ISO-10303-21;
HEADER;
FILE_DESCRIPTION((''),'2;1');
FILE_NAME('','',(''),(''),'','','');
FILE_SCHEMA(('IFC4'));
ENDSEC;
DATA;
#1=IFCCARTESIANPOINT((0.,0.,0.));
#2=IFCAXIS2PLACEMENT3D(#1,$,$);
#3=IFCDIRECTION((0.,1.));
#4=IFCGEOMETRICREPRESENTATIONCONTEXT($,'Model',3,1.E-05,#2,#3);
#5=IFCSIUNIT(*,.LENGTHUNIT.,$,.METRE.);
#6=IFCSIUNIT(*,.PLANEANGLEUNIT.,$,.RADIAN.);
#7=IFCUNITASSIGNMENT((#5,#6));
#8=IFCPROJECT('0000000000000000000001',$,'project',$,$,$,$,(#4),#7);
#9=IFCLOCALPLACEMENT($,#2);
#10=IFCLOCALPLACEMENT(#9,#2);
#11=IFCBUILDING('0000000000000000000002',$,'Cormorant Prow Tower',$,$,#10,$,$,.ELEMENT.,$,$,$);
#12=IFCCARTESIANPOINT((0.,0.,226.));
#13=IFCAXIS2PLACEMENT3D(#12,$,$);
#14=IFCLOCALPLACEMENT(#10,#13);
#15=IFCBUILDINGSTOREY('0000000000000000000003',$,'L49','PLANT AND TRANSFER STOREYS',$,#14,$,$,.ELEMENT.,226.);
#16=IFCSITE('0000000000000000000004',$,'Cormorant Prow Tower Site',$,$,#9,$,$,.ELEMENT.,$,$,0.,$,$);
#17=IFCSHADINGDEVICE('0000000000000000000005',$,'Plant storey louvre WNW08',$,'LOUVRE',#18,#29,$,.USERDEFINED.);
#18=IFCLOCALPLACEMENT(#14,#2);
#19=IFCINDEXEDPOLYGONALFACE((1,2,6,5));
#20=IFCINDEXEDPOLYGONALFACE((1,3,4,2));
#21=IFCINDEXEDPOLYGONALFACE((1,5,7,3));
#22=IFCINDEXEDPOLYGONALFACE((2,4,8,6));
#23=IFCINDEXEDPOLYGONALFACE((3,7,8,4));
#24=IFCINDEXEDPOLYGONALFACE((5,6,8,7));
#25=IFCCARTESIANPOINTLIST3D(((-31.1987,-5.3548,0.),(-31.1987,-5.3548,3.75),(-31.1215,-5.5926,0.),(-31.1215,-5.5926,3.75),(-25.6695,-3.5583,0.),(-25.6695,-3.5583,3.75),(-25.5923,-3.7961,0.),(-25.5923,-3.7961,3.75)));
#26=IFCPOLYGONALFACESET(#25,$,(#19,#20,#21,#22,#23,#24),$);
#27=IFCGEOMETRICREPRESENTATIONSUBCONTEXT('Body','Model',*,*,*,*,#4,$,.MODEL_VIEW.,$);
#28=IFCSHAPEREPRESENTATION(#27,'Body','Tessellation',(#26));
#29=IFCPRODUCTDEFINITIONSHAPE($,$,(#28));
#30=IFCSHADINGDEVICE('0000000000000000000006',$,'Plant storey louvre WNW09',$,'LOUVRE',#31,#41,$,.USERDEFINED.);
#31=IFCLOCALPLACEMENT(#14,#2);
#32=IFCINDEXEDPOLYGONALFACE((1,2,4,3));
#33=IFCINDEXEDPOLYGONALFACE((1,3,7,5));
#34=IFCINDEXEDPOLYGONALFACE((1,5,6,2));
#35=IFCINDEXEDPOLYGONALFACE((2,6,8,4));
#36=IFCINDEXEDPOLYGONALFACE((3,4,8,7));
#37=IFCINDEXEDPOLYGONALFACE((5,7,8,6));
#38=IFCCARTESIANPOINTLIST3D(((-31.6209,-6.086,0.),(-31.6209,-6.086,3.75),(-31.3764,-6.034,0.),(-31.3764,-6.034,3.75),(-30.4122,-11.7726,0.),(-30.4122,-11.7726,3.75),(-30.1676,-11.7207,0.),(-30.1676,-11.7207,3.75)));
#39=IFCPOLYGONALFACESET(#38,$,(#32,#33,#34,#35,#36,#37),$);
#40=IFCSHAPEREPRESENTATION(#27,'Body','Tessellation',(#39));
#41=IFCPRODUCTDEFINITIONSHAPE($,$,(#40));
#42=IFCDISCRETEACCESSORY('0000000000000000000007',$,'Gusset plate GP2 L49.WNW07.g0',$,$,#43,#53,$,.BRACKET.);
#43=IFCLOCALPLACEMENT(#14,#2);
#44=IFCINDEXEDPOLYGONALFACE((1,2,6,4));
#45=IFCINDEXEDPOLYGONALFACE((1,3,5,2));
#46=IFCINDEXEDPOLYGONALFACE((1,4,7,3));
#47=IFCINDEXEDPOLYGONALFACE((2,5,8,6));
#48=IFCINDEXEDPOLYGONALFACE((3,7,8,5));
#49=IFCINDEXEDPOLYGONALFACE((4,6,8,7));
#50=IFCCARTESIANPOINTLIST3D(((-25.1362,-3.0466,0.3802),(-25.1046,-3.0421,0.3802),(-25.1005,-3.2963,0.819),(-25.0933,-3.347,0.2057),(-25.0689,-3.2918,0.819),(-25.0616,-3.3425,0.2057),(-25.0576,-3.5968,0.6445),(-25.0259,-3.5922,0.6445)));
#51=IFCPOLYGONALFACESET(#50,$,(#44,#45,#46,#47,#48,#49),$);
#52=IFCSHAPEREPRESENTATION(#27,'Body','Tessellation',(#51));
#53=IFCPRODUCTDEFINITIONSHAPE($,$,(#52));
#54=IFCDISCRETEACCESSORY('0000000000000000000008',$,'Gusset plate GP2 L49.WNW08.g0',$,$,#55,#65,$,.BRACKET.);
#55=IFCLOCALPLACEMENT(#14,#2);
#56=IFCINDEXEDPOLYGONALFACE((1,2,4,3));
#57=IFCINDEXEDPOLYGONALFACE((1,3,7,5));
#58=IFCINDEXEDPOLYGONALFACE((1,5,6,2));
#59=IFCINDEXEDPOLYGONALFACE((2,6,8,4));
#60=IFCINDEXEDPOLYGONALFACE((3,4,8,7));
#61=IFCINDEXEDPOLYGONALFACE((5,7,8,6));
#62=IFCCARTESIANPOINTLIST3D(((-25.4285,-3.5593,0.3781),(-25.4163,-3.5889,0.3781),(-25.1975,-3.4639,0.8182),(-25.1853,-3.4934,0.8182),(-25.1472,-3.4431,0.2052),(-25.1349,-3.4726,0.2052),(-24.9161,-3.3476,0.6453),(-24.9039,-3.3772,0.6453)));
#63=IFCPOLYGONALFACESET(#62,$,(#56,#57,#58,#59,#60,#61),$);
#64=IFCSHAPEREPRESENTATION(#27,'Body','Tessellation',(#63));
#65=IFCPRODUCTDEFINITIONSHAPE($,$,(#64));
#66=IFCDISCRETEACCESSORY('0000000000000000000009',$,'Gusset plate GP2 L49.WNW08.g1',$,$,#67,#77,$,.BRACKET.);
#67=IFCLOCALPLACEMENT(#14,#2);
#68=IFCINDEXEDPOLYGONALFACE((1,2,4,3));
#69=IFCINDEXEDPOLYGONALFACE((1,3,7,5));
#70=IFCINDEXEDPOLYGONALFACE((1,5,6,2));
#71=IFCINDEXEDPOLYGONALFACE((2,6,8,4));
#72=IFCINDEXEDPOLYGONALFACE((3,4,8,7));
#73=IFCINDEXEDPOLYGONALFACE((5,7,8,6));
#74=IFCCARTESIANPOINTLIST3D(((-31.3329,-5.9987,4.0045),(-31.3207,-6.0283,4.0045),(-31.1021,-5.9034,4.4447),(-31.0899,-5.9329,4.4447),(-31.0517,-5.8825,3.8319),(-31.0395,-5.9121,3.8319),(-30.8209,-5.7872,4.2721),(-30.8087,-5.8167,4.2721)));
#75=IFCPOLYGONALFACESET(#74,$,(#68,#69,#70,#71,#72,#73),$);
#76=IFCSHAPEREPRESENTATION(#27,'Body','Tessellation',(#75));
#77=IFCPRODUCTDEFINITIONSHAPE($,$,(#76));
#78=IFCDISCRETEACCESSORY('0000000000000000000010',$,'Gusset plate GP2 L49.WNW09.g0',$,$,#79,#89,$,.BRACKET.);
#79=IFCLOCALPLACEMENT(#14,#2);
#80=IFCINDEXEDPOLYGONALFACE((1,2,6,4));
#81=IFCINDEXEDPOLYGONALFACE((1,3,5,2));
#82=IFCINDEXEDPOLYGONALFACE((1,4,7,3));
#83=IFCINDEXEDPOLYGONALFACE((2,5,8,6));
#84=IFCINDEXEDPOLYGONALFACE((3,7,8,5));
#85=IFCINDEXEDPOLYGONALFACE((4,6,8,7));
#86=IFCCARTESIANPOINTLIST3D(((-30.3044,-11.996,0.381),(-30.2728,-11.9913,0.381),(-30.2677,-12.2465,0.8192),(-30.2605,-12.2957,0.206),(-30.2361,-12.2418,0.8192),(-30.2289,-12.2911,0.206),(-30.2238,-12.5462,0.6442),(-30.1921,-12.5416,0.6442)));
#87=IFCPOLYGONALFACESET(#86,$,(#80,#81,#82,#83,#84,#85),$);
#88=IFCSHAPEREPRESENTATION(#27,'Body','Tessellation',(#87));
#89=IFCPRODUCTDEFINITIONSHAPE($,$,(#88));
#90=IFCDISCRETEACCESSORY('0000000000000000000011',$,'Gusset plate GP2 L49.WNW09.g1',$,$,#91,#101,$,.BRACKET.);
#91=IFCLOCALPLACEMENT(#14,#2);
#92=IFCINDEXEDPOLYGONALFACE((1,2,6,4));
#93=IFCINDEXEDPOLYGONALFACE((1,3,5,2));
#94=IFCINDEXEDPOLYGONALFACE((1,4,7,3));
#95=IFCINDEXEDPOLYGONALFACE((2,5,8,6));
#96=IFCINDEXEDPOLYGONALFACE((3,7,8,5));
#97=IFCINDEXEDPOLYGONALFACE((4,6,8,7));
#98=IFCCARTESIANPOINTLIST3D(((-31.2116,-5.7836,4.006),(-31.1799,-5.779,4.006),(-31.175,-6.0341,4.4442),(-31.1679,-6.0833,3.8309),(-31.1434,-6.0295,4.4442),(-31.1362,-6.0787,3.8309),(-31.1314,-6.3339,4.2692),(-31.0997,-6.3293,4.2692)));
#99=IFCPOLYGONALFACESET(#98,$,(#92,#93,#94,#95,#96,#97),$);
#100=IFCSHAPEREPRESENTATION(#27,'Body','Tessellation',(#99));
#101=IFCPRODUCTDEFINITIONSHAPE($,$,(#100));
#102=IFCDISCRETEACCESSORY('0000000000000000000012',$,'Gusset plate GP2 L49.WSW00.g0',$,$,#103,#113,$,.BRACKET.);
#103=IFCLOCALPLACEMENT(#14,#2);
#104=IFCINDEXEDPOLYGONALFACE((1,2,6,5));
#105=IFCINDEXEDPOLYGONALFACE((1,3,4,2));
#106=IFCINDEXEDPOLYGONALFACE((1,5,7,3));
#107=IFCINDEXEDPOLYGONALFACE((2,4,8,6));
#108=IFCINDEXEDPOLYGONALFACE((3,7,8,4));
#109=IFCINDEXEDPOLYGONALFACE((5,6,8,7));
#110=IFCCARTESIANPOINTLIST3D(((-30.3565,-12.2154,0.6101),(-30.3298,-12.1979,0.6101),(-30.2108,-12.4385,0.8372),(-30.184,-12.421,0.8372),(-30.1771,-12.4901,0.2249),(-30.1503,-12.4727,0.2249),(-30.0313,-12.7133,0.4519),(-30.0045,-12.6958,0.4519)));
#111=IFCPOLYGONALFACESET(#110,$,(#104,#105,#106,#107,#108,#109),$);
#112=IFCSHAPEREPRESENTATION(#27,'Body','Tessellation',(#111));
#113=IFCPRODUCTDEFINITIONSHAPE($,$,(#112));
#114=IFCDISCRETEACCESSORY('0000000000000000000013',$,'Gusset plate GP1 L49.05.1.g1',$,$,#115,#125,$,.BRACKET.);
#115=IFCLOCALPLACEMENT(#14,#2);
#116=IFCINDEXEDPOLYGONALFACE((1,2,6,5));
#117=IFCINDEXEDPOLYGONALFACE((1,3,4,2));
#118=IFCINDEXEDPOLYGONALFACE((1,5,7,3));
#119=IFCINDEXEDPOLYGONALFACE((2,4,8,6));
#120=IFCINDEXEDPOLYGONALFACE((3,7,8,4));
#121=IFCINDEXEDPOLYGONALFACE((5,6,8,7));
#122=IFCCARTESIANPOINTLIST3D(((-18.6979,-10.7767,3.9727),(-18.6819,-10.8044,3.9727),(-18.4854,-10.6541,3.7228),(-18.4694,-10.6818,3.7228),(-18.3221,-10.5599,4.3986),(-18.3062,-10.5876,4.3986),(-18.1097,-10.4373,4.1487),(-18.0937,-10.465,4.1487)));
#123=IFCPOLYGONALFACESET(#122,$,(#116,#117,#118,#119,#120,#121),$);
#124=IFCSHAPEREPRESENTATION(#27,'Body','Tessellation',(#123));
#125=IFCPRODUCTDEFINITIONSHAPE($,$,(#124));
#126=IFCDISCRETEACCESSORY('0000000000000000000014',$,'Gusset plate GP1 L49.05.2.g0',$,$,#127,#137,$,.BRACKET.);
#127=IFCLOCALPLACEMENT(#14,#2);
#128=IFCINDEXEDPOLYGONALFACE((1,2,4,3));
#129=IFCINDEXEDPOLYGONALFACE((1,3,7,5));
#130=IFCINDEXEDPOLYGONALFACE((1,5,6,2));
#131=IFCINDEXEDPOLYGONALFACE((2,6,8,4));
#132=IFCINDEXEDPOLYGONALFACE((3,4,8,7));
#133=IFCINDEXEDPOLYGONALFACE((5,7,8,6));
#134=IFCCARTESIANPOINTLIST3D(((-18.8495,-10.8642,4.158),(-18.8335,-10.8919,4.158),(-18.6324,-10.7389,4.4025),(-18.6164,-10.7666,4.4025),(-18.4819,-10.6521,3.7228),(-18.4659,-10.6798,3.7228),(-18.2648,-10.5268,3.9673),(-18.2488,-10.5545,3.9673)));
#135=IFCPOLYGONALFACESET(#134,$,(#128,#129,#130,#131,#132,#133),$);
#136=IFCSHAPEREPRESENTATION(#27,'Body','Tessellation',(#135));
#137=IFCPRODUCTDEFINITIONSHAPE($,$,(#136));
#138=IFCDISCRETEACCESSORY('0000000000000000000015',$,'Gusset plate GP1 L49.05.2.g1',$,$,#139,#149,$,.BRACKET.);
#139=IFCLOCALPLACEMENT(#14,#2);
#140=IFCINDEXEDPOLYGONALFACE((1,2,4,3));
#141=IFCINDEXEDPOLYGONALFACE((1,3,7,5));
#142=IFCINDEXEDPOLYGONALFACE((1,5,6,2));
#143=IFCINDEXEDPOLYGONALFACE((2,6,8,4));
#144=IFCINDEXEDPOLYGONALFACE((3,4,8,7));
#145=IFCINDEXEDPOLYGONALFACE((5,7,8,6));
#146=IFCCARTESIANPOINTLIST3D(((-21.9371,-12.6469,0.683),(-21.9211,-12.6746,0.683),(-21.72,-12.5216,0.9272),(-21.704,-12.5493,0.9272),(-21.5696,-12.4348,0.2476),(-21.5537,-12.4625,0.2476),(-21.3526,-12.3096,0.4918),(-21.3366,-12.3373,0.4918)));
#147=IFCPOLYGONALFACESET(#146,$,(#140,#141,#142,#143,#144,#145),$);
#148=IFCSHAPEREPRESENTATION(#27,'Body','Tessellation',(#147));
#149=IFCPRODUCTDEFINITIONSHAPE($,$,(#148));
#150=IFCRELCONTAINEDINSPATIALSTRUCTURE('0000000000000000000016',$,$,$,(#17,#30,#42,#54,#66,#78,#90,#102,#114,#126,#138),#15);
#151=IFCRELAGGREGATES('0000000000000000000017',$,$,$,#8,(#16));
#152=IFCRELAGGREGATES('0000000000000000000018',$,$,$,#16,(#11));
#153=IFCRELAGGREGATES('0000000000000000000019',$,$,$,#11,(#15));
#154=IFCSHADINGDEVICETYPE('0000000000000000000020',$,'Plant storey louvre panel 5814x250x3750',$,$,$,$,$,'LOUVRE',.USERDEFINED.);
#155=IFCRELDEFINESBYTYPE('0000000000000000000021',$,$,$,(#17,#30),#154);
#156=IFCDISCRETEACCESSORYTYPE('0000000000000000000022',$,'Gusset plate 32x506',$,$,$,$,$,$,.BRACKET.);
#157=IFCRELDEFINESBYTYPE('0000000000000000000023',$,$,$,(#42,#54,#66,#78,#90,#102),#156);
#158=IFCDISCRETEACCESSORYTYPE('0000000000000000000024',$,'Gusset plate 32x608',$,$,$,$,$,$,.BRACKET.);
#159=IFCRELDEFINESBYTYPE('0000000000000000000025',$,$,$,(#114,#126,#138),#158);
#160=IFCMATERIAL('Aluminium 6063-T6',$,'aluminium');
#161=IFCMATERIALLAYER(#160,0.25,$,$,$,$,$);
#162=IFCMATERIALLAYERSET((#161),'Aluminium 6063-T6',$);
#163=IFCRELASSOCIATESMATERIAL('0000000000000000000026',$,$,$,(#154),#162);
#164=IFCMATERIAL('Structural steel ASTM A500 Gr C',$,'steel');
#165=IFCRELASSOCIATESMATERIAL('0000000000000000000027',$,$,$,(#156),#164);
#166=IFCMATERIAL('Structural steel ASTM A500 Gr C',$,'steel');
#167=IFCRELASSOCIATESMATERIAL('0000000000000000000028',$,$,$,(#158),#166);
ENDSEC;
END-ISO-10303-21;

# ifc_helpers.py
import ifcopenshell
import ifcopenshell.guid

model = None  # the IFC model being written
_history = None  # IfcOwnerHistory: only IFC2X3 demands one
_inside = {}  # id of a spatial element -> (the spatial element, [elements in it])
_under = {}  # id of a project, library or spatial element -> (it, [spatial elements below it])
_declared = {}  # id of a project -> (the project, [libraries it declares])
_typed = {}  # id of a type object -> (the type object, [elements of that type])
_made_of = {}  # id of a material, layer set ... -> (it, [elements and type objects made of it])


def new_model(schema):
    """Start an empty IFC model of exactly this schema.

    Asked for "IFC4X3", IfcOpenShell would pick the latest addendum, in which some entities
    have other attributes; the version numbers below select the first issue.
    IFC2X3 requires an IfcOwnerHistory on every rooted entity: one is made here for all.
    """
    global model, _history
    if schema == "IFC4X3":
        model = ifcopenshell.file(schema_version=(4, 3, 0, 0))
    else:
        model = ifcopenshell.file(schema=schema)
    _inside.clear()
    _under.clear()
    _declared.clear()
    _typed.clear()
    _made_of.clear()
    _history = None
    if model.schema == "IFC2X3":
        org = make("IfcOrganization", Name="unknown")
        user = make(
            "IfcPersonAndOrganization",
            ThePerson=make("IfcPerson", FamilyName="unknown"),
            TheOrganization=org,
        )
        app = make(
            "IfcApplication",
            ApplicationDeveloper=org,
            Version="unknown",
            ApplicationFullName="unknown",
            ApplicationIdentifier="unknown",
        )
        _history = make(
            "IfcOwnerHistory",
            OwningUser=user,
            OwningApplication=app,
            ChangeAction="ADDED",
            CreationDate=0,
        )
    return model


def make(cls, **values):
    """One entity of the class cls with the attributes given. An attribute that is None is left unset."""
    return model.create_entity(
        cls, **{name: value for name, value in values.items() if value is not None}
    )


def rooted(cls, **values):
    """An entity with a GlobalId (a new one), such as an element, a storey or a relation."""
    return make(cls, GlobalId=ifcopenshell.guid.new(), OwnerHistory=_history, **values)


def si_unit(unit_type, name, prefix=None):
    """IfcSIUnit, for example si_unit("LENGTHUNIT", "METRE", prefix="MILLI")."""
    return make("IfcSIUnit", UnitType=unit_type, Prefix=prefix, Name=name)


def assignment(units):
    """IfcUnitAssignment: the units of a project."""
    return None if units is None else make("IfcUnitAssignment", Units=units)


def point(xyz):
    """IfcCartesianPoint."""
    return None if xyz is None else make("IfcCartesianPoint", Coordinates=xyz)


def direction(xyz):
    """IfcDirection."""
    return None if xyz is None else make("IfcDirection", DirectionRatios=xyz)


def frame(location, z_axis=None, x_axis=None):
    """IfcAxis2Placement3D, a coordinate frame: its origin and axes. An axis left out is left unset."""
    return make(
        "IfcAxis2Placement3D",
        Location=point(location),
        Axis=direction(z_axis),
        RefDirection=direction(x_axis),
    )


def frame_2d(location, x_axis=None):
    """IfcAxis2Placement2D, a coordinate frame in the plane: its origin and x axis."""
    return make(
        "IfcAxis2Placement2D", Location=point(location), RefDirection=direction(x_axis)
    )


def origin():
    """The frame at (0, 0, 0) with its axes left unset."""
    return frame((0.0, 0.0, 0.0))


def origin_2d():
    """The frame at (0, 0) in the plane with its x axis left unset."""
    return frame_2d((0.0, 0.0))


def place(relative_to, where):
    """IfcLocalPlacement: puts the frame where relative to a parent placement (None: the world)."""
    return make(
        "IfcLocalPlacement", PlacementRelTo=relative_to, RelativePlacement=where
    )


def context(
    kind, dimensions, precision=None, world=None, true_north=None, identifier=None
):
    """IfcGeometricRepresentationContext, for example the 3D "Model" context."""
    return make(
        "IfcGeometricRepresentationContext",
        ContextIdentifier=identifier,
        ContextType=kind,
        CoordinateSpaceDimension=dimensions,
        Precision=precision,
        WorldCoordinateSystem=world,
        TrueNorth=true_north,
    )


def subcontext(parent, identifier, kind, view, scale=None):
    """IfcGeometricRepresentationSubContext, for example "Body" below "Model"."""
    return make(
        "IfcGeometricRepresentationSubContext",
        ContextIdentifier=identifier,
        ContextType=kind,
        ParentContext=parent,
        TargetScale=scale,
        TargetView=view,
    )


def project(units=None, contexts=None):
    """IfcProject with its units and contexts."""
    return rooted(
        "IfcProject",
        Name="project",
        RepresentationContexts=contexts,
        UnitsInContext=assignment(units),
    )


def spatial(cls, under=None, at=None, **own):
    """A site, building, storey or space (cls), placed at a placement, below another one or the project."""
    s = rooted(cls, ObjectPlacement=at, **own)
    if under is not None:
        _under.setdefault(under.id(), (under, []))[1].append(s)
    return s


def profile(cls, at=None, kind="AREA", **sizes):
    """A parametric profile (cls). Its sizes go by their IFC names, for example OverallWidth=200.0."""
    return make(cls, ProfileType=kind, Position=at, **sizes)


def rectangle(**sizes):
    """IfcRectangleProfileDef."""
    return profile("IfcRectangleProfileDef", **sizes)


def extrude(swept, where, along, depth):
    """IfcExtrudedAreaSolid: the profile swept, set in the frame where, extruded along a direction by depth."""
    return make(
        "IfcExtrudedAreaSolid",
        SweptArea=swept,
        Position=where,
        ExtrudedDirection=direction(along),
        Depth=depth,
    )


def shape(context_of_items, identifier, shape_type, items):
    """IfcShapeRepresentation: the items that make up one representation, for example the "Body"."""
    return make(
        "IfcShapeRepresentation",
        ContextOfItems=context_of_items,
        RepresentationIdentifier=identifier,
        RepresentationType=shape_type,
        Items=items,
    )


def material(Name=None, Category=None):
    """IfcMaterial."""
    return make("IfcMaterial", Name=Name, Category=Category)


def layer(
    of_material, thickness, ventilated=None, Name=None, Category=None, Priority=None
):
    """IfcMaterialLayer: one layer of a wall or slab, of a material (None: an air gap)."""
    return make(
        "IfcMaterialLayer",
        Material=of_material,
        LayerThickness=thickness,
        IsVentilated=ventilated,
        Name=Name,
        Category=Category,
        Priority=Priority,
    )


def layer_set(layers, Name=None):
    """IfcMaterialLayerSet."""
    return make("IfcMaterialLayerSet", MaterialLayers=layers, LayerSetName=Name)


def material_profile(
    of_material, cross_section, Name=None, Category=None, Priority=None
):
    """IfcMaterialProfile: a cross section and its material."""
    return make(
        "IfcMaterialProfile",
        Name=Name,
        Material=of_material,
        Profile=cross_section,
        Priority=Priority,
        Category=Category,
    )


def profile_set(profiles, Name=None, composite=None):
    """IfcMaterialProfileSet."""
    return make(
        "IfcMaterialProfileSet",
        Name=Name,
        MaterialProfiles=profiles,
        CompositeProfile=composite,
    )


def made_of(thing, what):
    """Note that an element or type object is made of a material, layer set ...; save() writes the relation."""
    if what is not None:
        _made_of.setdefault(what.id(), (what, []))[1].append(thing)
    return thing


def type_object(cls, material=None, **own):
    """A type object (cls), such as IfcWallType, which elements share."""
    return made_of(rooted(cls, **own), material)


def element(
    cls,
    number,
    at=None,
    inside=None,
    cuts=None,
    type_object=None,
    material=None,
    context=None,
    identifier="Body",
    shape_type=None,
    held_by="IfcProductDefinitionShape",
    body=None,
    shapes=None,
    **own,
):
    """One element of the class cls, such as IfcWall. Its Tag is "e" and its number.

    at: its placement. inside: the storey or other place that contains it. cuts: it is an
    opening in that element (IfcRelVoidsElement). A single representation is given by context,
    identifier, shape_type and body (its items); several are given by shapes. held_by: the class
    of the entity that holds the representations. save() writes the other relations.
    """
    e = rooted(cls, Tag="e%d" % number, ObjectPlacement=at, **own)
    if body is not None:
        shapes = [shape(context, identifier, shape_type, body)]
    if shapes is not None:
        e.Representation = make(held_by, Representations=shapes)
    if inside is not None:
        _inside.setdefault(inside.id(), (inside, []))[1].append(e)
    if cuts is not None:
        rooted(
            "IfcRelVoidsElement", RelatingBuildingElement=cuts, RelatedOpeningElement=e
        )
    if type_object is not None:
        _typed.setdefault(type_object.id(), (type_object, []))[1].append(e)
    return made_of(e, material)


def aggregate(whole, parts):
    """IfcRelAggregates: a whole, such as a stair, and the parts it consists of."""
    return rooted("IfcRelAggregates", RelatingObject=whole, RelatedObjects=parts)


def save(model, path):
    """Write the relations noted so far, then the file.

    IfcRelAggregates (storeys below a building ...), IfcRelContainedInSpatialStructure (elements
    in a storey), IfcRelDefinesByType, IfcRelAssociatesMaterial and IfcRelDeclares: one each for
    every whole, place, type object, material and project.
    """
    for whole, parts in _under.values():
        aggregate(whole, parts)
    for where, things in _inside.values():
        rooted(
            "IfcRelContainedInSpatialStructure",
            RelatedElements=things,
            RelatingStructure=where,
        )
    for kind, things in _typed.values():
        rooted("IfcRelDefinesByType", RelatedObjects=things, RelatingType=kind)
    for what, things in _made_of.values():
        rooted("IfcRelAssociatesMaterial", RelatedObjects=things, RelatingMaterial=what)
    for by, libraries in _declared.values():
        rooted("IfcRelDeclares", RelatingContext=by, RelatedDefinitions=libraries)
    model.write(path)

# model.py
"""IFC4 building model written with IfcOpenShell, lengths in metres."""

from ifc_helpers import new_model, si_unit, direction, frame, origin, origin_2d, place, context, subcontext, project, spatial, rectangle, extrude, material, layer, layer_set, material_profile, profile_set, type_object, element, save


model = new_model("IFC4")

# Units and contexts
model_context = context("Model", 3, precision=1e-05, world=origin(), true_north=direction((0.0, 1.0)))
body_context = subcontext(model_context, "Body", "Model", "MODEL_VIEW")
ifc_project = project(units=[si_unit("LENGTHUNIT", "METRE"), si_unit("PLANEANGLEUNIT", "RADIAN")], contexts=[model_context])

# Site, building, storey
site_placement = place(None, origin())
site = spatial("IfcSite", under=ifc_project, at=site_placement, Name="Cormorant Prow Tower Site", CompositionType="ELEMENT", RefElevation=0.0)
building_placement = place(site_placement, origin())
building = spatial("IfcBuilding", under=site, at=building_placement, Name="Cormorant Prow Tower", CompositionType="ELEMENT")
storey_placement = place(building_placement, frame((0.0, 0.0, 226.0)))
storey = spatial("IfcBuildingStorey", under=building, at=storey_placement, Name="L49", Description="PLANT AND TRANSFER STOREYS", CompositionType="ELEMENT", Elevation=226.0)

# Shading devices
ifc_material_1 = material(Name="Aluminium 6063-T6", Category="aluminium")
ifc_layer_1 = layer(ifc_material_1, 0.25)
ifc_layer_set_1 = layer_set([ifc_layer_1], Name="Aluminium 6063-T6")
shading_device_type = type_object("IfcShadingDeviceType", Name="Plant storey louvre panel 5814x250x3750", ElementType="LOUVRE", PredefinedType="USERDEFINED", material=ifc_layer_set_1)
for number, where, z_axis, x_axis, name in (
    (1, (-28.3955, -4.5754, 0.0), (0.0, 0.0, 1.0), (-0.951057, -0.309017, 0.0), "Plant storey louvre WNW08"),
    (2, (-30.8943, -8.9033, 0.0), (0.0, 0.0, 1.0), (0.207912, -0.978148, 0.0), "Plant storey louvre WNW09"),
):
    element("IfcShadingDevice", number, at=place(storey_placement, frame(where, z_axis=z_axis, x_axis=x_axis)), inside=storey, type_object=shading_device_type, Name=name, ObjectType="LOUVRE", PredefinedType="USERDEFINED", context=body_context, shape_type="SweptSolid", body=[
        extrude(rectangle(XDim=5.8137, YDim=0.25, at=origin_2d()), origin(), (0.0, 0.0, 1.0), 3.75),
    ])

# Discrete accessories
ifc_material_2 = material(Name="Structural steel ASTM A500 Gr C", Category="steel")
ifc_material_profile_1 = material_profile(ifc_material_2, rectangle(XDim=0.032, YDim=0.5061, at=origin_2d()), Name="Gusset plate 32x506")
ifc_profile_set_1 = profile_set([ifc_material_profile_1], Name="Structural steel ASTM A500 Gr C")
discrete_accessory_type_1 = type_object("IfcDiscreteAccessoryType", Name="Gusset plate 32x506", PredefinedType="BRACKET", material=ifc_profile_set_1)
for number, where, z_axis, x_axis, name in (
    (3, (-25.1025, -3.1692, 0.5996), (0.122698, -0.858186, -0.498459), (0.989933, 0.141534, 0.0), "Gusset plate GP2 L49.WNW07.g0"),
    (4, (-25.3069, -3.5264, 0.5981), (0.803623, 0.332053, -0.493893), (-0.381879, 0.924212, 0.0), "Gusset plate GP2 L49.WNW08.g0"),
):
    element("IfcDiscreteAccessory", number, at=place(storey_placement, frame(where, z_axis=z_axis, x_axis=x_axis)), inside=storey, type_object=discrete_accessory_type_1, Name=name, PredefinedType="BRACKET", context=body_context, shape_type="SweptSolid", body=[
        extrude(rectangle(XDim=0.032, YDim=0.5061, at=origin_2d()), origin(), (0.0, 0.0, 1.0), 0.3501),
    ])
for number, where, z_axis, x_axis, name in (
    (5, (-30.9302, -5.8496, 4.052), (-0.8039, -0.332167, 0.493366), (0.381879, -0.924212, 0.0), "Gusset plate GP2 L49.WNW08.g1"),
    (6, (-30.2703, -12.1189, 0.6001), (0.125581, -0.856738, -0.500229), (0.989427, 0.14503, 0.0), "Gusset plate GP2 L49.WNW09.g0"),
    (7, (-31.1338, -6.2063, 4.05), (-0.124894, 0.856813, 0.500273), (-0.989543, -0.144241, 0.0), "Gusset plate GP2 L49.WNW09.g1"),
):
    element("IfcDiscreteAccessory", number, at=place(storey_placement, frame(where, z_axis=z_axis, x_axis=x_axis)), inside=storey, type_object=discrete_accessory_type_1, Name=name, PredefinedType="BRACKET", context=body_context, shape_type="SweptSolid", body=[
        extrude(rectangle(XDim=0.032, YDim=0.5061, at=origin_2d()), origin(), (0.0, 0.0, 1.0), 0.3499),
    ])
discrete_accessory_1_placement = place(storey_placement, frame((-30.1077, -12.5671, 0.6445), z_axis=(-0.416283, 0.637324, -0.648481), x_axis=(-0.837228, -0.546854, 0.0)))
element("IfcDiscreteAccessory", 8, at=discrete_accessory_1_placement, inside=storey, type_object=discrete_accessory_type_1, Name="Gusset plate GP2 L49.WSW00.g0", PredefinedType="BRACKET", context=body_context, shape_type="SweptSolid", body=[
    extrude(rectangle(XDim=0.032, YDim=0.5061, at=origin_2d()), origin(), (0.0, 0.0, 1.0), 0.3501),
])
ifc_material_3 = material(Name="Structural steel ASTM A500 Gr C", Category="steel")
ifc_material_profile_2 = material_profile(ifc_material_3, rectangle(XDim=0.032, YDim=0.6079, at=origin_2d()), Name="Gusset plate 32x608")
ifc_profile_set_2 = profile_set([ifc_material_profile_2], Name="Structural steel ASTM A500 Gr C")
discrete_accessory_type_2 = type_object("IfcDiscreteAccessoryType", Name="Gusset plate 32x608", PredefinedType="BRACKET", material=ifc_profile_set_2)
for number, where, z_axis, x_axis, name in (
    (9, (-18.2896, -10.5596, 3.9358), (-0.606831, -0.350148, 0.713549), (0.49978, -0.866152, 0.0), "Gusset plate GP1 L49.05.1.g1"),
    (10, (-18.6577, -10.772, 3.9404), (0.620075, 0.357816, 0.698194), (-0.499807, 0.866137, 0.0), "Gusset plate GP1 L49.05.2.g0"),
):
    element("IfcDiscreteAccessory", number, at=place(storey_placement, frame(where, z_axis=z_axis, x_axis=x_axis)), inside=storey, type_object=discrete_accessory_type_2, Name=name, PredefinedType="BRACKET", context=body_context, shape_type="SweptSolid", body=[
        extrude(rectangle(XDim=0.032, YDim=0.6079, at=origin_2d()), origin(), (0.0, 0.0, 1.0), 0.3501),
    ])
discrete_accessory_2_placement = place(storey_placement, frame((-21.5283, -12.4294, 0.7095), z_axis=(-0.620377, -0.35799, -0.697837), x_axis=(0.499807, -0.866137, 0.0)))
element("IfcDiscreteAccessory", 11, at=discrete_accessory_2_placement, inside=storey, type_object=discrete_accessory_type_2, Name="Gusset plate GP1 L49.05.2.g1", PredefinedType="BRACKET", context=body_context, shape_type="SweptSolid", body=[
    extrude(rectangle(XDim=0.032, YDim=0.6079, at=origin_2d()), origin(), (0.0, 0.0, 1.0), 0.3499),
])

save(model, "model.ifc")
